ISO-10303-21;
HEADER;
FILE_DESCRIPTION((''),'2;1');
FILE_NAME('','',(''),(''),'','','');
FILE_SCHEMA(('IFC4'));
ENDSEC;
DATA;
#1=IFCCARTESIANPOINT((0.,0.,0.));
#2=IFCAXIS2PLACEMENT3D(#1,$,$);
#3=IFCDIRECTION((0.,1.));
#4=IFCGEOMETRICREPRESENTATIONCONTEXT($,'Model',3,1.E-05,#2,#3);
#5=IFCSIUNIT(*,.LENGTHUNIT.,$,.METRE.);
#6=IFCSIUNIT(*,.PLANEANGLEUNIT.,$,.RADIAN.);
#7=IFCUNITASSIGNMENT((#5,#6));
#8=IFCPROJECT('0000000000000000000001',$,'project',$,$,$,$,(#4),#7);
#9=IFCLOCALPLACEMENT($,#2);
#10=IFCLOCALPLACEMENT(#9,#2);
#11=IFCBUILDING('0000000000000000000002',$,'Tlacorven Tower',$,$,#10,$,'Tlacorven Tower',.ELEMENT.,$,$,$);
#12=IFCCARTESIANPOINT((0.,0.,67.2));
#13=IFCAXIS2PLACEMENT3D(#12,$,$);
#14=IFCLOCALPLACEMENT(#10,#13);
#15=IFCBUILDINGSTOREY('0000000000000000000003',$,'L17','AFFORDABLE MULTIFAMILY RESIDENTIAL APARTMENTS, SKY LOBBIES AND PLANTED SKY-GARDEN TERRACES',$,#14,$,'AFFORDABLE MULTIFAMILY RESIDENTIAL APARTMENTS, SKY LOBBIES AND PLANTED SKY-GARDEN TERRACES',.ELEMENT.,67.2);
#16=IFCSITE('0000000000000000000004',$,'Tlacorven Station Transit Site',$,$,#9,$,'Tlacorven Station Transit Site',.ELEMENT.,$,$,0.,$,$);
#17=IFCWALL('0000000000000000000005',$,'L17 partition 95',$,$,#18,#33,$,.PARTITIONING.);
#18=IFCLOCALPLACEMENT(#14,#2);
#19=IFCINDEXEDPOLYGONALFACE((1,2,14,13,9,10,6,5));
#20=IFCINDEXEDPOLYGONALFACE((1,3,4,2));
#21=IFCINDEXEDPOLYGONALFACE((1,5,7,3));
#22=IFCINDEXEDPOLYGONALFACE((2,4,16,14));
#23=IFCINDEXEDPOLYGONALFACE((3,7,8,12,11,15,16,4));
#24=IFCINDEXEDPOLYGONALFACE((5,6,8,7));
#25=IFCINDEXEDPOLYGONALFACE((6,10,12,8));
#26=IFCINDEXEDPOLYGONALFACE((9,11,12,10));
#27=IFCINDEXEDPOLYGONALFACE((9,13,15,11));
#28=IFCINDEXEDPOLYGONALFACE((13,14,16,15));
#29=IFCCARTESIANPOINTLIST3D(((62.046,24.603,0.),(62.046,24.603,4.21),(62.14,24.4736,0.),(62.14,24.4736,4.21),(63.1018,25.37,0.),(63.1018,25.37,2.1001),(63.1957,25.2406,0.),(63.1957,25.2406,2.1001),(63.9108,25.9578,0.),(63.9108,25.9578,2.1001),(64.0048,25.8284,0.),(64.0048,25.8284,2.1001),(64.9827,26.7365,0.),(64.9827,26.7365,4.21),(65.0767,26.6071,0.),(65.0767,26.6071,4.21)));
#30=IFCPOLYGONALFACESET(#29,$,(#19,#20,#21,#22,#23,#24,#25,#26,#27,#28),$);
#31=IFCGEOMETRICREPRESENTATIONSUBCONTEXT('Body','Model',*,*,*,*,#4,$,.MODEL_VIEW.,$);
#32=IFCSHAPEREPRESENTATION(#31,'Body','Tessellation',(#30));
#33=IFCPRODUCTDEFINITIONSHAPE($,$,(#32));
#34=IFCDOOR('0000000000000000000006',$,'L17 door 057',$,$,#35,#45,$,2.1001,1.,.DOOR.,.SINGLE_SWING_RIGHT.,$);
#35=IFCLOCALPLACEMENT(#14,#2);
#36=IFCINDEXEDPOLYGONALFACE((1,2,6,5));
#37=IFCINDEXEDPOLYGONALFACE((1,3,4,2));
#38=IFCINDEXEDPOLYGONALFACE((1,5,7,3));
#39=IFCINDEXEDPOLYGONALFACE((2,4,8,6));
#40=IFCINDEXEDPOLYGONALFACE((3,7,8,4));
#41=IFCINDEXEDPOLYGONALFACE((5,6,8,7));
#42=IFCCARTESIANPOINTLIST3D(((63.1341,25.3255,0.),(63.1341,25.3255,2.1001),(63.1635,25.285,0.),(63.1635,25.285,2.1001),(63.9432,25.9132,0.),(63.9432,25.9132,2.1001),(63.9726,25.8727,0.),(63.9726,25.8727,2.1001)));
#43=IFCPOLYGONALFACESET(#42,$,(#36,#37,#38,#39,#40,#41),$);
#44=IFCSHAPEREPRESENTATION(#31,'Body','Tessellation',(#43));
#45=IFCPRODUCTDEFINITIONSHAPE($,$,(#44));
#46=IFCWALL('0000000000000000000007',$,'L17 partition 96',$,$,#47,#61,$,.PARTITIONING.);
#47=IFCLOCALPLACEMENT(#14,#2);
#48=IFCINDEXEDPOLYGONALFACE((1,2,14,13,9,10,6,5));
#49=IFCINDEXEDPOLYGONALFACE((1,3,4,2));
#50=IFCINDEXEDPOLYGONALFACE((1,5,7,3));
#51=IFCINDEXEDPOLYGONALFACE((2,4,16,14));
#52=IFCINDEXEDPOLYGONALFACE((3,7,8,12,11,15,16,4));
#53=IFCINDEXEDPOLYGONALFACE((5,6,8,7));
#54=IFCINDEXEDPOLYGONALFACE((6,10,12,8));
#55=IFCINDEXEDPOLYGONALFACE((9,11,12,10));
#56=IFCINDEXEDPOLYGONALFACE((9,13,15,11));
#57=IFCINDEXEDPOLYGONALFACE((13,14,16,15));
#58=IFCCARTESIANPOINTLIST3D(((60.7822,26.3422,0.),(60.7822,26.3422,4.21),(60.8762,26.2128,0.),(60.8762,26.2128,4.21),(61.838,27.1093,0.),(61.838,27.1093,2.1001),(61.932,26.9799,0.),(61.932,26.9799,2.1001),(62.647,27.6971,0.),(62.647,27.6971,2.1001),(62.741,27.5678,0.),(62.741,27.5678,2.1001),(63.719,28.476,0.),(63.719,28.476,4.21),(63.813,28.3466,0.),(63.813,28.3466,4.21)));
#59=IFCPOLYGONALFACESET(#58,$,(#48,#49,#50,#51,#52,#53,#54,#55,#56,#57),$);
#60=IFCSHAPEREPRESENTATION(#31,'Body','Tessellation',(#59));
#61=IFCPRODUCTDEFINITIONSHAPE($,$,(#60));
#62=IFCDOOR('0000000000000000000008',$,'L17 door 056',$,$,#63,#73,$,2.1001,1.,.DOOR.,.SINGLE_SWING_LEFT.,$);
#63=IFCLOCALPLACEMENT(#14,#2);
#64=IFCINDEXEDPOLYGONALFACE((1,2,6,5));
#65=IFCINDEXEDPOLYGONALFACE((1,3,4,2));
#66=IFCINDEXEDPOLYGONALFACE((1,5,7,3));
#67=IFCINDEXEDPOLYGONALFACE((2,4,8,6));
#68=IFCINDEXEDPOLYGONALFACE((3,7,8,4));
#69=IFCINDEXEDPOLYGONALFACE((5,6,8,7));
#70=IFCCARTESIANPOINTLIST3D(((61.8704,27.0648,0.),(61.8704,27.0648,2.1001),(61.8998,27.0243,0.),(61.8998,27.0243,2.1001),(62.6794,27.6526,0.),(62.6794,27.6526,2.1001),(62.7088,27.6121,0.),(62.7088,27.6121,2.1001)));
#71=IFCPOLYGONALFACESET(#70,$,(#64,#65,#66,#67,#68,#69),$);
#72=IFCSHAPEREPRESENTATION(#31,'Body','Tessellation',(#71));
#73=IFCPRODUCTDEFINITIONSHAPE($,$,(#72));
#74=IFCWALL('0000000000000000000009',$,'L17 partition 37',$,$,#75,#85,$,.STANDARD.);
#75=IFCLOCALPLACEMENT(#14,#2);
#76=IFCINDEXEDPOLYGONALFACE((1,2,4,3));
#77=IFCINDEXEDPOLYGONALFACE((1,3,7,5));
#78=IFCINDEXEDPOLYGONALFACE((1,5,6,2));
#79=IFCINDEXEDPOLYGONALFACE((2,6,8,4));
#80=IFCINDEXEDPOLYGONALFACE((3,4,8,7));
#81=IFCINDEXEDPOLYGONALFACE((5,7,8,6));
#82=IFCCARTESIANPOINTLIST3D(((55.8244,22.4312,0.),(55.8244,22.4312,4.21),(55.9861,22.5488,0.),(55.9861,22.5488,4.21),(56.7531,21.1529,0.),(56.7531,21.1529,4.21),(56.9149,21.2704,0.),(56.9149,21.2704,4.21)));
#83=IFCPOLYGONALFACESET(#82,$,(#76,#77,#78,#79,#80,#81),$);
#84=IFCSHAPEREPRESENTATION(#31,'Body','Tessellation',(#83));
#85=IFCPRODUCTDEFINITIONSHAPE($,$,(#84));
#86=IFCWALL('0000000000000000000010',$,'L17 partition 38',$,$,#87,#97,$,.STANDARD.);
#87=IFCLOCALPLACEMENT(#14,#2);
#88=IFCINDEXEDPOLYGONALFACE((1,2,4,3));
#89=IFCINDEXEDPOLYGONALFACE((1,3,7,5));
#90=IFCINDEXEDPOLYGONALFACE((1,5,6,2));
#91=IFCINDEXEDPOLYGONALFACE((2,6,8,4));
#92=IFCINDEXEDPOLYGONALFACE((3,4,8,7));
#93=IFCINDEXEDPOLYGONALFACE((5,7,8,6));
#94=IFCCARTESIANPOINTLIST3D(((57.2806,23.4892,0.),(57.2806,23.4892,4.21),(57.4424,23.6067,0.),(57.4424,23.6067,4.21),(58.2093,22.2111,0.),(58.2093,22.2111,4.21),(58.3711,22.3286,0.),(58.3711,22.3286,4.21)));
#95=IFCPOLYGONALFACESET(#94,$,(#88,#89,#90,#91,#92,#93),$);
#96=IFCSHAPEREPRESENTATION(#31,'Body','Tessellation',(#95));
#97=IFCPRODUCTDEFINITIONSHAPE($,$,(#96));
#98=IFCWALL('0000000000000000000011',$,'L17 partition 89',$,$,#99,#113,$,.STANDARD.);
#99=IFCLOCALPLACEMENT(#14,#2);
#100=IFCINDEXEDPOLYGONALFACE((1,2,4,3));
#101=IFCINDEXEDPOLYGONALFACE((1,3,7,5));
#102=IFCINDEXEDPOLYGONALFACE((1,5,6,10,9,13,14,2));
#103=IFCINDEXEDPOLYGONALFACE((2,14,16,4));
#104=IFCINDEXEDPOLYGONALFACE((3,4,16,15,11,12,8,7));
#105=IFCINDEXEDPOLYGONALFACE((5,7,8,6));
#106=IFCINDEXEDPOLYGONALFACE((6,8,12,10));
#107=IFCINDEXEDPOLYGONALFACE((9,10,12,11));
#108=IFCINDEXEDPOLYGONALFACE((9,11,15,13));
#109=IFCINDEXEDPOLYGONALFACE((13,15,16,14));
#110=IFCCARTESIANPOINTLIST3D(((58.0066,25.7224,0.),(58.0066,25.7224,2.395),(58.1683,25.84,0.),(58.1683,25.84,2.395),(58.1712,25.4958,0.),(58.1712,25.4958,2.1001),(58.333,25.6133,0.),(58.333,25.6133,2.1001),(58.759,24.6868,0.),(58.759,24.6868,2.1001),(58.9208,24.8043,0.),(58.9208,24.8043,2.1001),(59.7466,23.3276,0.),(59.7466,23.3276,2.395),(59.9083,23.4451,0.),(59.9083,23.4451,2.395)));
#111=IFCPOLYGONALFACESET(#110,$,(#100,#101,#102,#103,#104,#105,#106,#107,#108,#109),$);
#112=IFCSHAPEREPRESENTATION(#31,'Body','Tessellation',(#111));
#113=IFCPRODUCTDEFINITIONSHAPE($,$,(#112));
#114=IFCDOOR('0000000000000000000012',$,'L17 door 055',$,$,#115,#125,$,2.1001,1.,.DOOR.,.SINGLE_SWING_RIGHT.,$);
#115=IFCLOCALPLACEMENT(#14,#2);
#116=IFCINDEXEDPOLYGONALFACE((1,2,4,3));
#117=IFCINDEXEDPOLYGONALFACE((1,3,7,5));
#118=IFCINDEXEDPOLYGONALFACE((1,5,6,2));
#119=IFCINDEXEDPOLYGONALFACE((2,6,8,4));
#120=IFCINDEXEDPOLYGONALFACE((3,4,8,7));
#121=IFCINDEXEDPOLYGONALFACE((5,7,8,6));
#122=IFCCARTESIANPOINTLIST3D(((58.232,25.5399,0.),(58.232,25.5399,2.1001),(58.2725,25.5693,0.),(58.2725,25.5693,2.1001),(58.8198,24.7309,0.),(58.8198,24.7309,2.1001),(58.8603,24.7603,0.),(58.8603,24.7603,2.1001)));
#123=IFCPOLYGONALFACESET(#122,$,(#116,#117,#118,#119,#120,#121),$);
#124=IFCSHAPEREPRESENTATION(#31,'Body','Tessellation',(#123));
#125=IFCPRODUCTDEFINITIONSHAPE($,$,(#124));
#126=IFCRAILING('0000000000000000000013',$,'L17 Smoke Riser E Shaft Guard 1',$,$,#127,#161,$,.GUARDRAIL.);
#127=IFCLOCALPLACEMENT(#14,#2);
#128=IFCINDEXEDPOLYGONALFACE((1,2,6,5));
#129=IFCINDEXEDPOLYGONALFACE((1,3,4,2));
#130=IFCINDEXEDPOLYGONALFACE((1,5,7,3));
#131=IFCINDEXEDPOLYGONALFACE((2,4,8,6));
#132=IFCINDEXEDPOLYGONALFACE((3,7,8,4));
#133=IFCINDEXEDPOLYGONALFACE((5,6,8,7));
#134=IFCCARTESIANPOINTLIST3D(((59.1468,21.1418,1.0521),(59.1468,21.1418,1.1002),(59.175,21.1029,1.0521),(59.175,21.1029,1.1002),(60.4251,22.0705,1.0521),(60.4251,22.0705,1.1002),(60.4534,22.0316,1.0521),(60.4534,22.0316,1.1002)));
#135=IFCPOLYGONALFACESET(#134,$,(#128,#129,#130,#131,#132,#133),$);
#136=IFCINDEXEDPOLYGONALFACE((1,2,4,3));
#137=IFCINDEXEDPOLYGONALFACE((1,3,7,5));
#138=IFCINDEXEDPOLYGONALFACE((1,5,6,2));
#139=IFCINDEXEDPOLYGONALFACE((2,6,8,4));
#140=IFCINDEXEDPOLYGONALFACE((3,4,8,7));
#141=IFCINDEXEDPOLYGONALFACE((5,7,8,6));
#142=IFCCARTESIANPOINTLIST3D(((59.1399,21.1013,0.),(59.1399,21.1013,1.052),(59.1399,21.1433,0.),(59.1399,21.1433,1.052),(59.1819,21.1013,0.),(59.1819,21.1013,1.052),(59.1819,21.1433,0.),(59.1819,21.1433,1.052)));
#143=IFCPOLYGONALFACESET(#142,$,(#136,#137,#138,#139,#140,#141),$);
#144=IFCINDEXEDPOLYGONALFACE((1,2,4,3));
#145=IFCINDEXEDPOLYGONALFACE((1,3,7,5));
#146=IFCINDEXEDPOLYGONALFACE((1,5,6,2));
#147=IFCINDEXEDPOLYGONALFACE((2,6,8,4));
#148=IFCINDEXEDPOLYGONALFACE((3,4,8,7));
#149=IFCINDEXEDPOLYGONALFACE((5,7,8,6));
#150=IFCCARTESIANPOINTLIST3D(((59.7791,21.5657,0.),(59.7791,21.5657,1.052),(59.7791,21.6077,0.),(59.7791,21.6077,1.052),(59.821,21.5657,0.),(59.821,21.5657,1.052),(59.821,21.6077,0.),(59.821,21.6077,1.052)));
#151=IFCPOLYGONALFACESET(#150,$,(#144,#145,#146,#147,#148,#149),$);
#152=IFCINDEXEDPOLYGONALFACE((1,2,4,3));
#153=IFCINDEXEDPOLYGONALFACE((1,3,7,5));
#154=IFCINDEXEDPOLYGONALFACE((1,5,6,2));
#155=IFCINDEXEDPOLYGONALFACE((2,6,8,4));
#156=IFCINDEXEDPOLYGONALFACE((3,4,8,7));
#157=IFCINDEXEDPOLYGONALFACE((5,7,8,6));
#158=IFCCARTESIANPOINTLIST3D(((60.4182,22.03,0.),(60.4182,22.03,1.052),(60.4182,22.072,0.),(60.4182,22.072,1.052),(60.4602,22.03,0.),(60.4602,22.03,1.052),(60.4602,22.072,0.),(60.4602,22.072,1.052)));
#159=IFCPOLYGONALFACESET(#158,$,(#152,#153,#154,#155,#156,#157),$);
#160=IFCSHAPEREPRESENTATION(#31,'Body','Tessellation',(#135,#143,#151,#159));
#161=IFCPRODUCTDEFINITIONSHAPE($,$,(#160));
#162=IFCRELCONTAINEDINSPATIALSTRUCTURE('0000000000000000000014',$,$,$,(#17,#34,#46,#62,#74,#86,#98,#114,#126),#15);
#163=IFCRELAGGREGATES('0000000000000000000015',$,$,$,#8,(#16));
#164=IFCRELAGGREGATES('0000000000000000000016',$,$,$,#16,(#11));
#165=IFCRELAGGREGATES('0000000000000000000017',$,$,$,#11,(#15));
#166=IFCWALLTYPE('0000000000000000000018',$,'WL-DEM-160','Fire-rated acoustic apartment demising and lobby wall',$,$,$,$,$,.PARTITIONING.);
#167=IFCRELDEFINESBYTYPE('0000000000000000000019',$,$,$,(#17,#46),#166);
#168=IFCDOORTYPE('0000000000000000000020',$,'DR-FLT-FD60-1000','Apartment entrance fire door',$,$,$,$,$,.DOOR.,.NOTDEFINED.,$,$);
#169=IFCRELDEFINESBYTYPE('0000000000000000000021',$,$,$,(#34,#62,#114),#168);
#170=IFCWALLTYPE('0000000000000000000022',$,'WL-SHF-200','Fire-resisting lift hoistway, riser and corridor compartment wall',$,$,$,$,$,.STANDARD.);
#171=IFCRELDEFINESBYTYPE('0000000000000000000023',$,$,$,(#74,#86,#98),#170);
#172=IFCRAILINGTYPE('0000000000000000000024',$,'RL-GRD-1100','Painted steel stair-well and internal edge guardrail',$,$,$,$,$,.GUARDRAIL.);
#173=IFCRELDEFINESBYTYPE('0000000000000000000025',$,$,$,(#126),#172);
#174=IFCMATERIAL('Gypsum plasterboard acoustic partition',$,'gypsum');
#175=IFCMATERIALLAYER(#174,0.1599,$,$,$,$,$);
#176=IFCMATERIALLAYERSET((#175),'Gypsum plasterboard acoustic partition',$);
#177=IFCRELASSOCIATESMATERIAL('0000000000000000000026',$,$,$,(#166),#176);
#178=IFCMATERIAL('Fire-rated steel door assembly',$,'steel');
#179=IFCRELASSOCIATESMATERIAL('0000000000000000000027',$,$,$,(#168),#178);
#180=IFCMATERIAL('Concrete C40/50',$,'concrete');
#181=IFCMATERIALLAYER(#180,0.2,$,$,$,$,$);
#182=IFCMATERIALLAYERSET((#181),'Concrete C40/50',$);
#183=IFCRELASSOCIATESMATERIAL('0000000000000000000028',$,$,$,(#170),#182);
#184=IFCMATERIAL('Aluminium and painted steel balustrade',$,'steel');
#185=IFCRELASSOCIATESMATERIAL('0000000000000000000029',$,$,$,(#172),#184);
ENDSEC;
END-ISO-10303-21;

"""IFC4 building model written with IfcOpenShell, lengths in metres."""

from ifc_helpers import new_model, si_unit, direction, frame, frame_2d, origin, origin_2d, place, context, subcontext, project, spatial, rectangle, extrude, source, transform, mapped, material, layer, layer_set, type_object, element, fill, save


model = new_model("IFC4")

# Units and contexts
model_context = context("Model", 3, precision=1e-05, world=origin(), true_north=direction((0.0, 1.0)))
body_context = subcontext(model_context, "Body", "Model", "MODEL_VIEW")
ifc_project = project(units=[si_unit("LENGTHUNIT", "METRE"), si_unit("PLANEANGLEUNIT", "RADIAN")], contexts=[model_context])

# Site, building, storey
site_placement = place(None, origin())
site = spatial("IfcSite", under=ifc_project, at=site_placement, Name="Tlacorven Station Transit Site", LongName="Tlacorven Station Transit Site", CompositionType="ELEMENT", RefElevation=0.0)
building_placement = place(site_placement, origin())
building = spatial("IfcBuilding", under=site, at=building_placement, Name="Tlacorven Tower", LongName="Tlacorven Tower", CompositionType="ELEMENT")
storey_placement = place(building_placement, frame((0.0, 0.0, 67.2)))
storey = spatial("IfcBuildingStorey", under=building, at=storey_placement, Name="L17", Description="AFFORDABLE MULTIFAMILY RESIDENTIAL APARTMENTS, SKY LOBBIES AND PLANTED SKY-GARDEN TERRACES", LongName="AFFORDABLE MULTIFAMILY RESIDENTIAL APARTMENTS, SKY LOBBIES AND PLANTED SKY-GARDEN TERRACES", CompositionType="ELEMENT", Elevation=67.2)

# Shared definitions
ifc_material_1 = material(Name="Gypsum plasterboard acoustic partition", Category="gypsum")
ifc_layer_1 = layer(ifc_material_1, 0.1599)
ifc_layer_set_1 = layer_set([ifc_layer_1], Name="Gypsum plasterboard acoustic partition")
wall_type_1 = type_object("IfcWallType", Name="WL-DEM-160", Description="Fire-rated acoustic apartment demising and lobby wall", PredefinedType="PARTITIONING", material=ifc_layer_set_1)
ifc_material_2 = material(Name="Fire-rated steel door assembly", Category="steel")
door_type = type_object("IfcDoorType", Name="DR-FLT-FD60-1000", Description="Apartment entrance fire door", OperationType="NOTDEFINED", PredefinedType="DOOR", material=ifc_material_2)
shared_shape_1 = source(origin(), body_context, "Body", "SweptSolid", [
    extrude(rectangle(XDim=1.0, YDim=2.1001, at=frame_2d((0.5, 1.05))), frame((0.0, 0.0249, 0.0), z_axis=(0.0, -1.0, 0.0), x_axis=(1.0, 0.0, 0.0)), (0.0, 0.0, 1.0), 0.05),
])

# Walls, openings, doors
wall_1_placement = place(storey_placement, frame((62.093, 24.5383, 0.0), z_axis=(0.0, 0.0, 1.0), x_axis=(0.809036, 0.58776, 0.0)))
wall_1 = element("IfcWall", 1, at=wall_1_placement, inside=storey, type_object=wall_type_1, Name="L17 partition 95", PredefinedType="PARTITIONING", context=body_context, shape_type="SweptSolid", body=[
    extrude(rectangle(XDim=3.6299, YDim=0.1599, at=frame_2d((1.8149, 0.0))), origin(), (0.0, 0.0, 1.0), 4.21),
])
opening_1_placement = place(wall_1_placement, frame((1.3049, 0.0, 0.0)))
opening_1 = element("IfcOpeningElement", 2, at=opening_1_placement, cuts=wall_1, PredefinedType="OPENING", context=body_context, shape_type="SweptSolid", body=[
    extrude(rectangle(XDim=1.0, YDim=2.1001, at=frame_2d((0.5, 1.05))), frame((0.0, 0.0898, 0.0), z_axis=(0.0, -1.0, 0.0), x_axis=(1.0, 0.0, 0.0)), (0.0, 0.0, 1.0), 0.1799),
])
door_1_placement = place(opening_1_placement, origin())
door_1 = element("IfcDoor", 3, at=door_1_placement, inside=storey, type_object=door_type, Name="L17 door 057", OperationType="SINGLE_SWING_RIGHT", OverallHeight=2.1001, OverallWidth=1.0, PredefinedType="DOOR", context=body_context, shape_type="MappedRepresentation", body=[
    mapped(shared_shape_1, transform((0.0, 0.0, 0.0), scale=1.0)),
])
fill(opening_1, door_1)
wall_2_placement = place(storey_placement, frame((60.8293, 26.2776, 0.0), z_axis=(0.0, 0.0, 1.0), x_axis=(0.809004, 0.587804, 0.0)))
wall_2 = element("IfcWall", 4, at=wall_2_placement, inside=storey, type_object=wall_type_1, Name="L17 partition 96", PredefinedType="PARTITIONING", context=body_context, shape_type="SweptSolid", body=[
    extrude(rectangle(XDim=3.6301, YDim=0.1599, at=frame_2d((1.8149, 0.0))), origin(), (0.0, 0.0, 1.0), 4.21),
])
opening_2_placement = place(wall_2_placement, frame((1.3049, 0.0, 0.0)))
opening_2 = element("IfcOpeningElement", 5, at=opening_2_placement, cuts=wall_2, PredefinedType="OPENING", context=body_context, shape_type="SweptSolid", body=[
    extrude(rectangle(XDim=1.0, YDim=2.1001, at=frame_2d((0.5, 1.05))), frame((0.0, 0.0898, 0.0), z_axis=(0.0, -1.0, 0.0), x_axis=(1.0, 0.0, 0.0)), (0.0, 0.0, 1.0), 0.1799),
])
door_2_placement = place(opening_2_placement, origin())
door_2 = element("IfcDoor", 6, at=door_2_placement, inside=storey, type_object=door_type, Name="L17 door 056", OperationType="SINGLE_SWING_LEFT", OverallHeight=2.1001, OverallWidth=1.0, PredefinedType="DOOR", context=body_context, shape_type="MappedRepresentation", body=[
    mapped(shared_shape_1, transform((0.0, 0.0, 0.0), scale=1.0)),
])
fill(opening_2, door_2)

# Walls
ifc_material_3 = material(Name="Concrete C40/50", Category="concrete")
ifc_layer_2 = layer(ifc_material_3, 0.2)
ifc_layer_set_2 = layer_set([ifc_layer_2], Name="Concrete C40/50")
wall_type_2 = type_object("IfcWallType", Name="WL-SHF-200", Description="Fire-resisting lift hoistway, riser and corridor compartment wall", PredefinedType="STANDARD", material=ifc_layer_set_2)
wall_3_placement = place(storey_placement, frame((56.834, 21.2117, 0.0), z_axis=(0.0, 0.0, 1.0), x_axis=(-0.587767, 0.80903, 0.0)))
element("IfcWall", 7, at=wall_3_placement, inside=storey, type_object=wall_type_2, Name="L17 partition 37", PredefinedType="STANDARD", context=body_context, shape_type="SweptSolid", body=[
    extrude(rectangle(XDim=1.5801, YDim=0.2, at=frame_2d((0.79, 0.0))), origin(), (0.0, 0.0, 1.0), 4.21),
])
wall_4_placement = place(storey_placement, frame((58.2903, 22.2698, 0.0), z_axis=(0.0, 0.0, 1.0), x_axis=(-0.587841, 0.808977, 0.0)))
element("IfcWall", 8, at=wall_4_placement, inside=storey, type_object=wall_type_2, Name="L17 partition 38", PredefinedType="STANDARD", context=body_context, shape_type="SweptSolid", body=[
    extrude(rectangle(XDim=1.5798, YDim=0.2, at=frame_2d((0.79, 0.0))), origin(), (0.0, 0.0, 1.0), 4.21),
])

# Wall, opening, door
wall_5_placement = place(storey_placement, frame((59.8274, 23.3865, 0.0), z_axis=(0.0, 0.0, 1.0), x_axis=(-0.587804, 0.809003, 0.0)))
wall_5 = element("IfcWall", 9, at=wall_5_placement, inside=storey, type_object=wall_type_2, Name="L17 partition 89", PredefinedType="STANDARD", context=body_context, shape_type="SweptSolid", body=[
    extrude(rectangle(XDim=2.9602, YDim=0.2, at=frame_2d((1.48, 0.0))), origin(), (0.0, 0.0, 1.0), 2.395),
])
opening_3_placement = place(wall_5_placement, frame((1.6799, 0.0, 0.0)))
opening_3 = element("IfcOpeningElement", 10, at=opening_3_placement, cuts=wall_5, PredefinedType="OPENING", context=body_context, shape_type="SweptSolid", body=[
    extrude(rectangle(XDim=1.0, YDim=2.1001, at=frame_2d((0.5, 1.05))), frame((0.0, 0.1099, 0.0), z_axis=(0.0, -1.0, 0.0), x_axis=(1.0, 0.0, 0.0)), (0.0, 0.0, 1.0), 0.22),
])
door_3_placement = place(opening_3_placement, origin())
door_3 = element("IfcDoor", 11, at=door_3_placement, inside=storey, type_object=door_type, Name="L17 door 055", OperationType="SINGLE_SWING_RIGHT", OverallHeight=2.1001, OverallWidth=1.0, PredefinedType="DOOR", context=body_context, shape_type="MappedRepresentation", body=[
    mapped(shared_shape_1, transform((0.0, 0.0, 0.0), scale=1.0)),
])
fill(opening_3, door_3)

# Railing
ifc_material_4 = material(Name="Aluminium and painted steel balustrade", Category="steel")
railing_type = type_object("IfcRailingType", Name="RL-GRD-1100", Description="Painted steel stair-well and internal edge guardrail", PredefinedType="GUARDRAIL", material=ifc_material_4)
shared_shape_2 = source(origin(), body_context, "Body", "SweptSolid", [
    extrude(rectangle(XDim=0.0481, YDim=0.0481, at=origin_2d()), frame((0.0, 0.0, 1.0762), z_axis=(0.80903, 0.587767, 0.0), x_axis=(-0.587767, 0.80903, 0.0)), (0.0, 0.0, 1.0), 1.5801),
    extrude(rectangle(XDim=0.042, YDim=0.042, at=origin_2d()), origin(), (0.0, 0.0, 1.0), 1.052),
    extrude(rectangle(XDim=0.042, YDim=0.042, at=origin_2d()), frame((0.6392, 0.4644, 0.0)), (0.0, 0.0, 1.0), 1.052),
    extrude(rectangle(XDim=0.042, YDim=0.042, at=origin_2d()), frame((1.2783, 0.9287, 0.0)), (0.0, 0.0, 1.0), 1.052),
])
railing_placement = place(storey_placement, frame((59.1609, 21.1223, 0.0)))
element("IfcRailing", 12, at=railing_placement, inside=storey, type_object=railing_type, Name="L17 Smoke Riser E Shaft Guard 1", PredefinedType="GUARDRAIL", context=body_context, shape_type="MappedRepresentation", body=[
    mapped(shared_shape_2, transform((0.0, 0.0, 0.0), scale=1.0)),
])

save(model, "model.ifc")
